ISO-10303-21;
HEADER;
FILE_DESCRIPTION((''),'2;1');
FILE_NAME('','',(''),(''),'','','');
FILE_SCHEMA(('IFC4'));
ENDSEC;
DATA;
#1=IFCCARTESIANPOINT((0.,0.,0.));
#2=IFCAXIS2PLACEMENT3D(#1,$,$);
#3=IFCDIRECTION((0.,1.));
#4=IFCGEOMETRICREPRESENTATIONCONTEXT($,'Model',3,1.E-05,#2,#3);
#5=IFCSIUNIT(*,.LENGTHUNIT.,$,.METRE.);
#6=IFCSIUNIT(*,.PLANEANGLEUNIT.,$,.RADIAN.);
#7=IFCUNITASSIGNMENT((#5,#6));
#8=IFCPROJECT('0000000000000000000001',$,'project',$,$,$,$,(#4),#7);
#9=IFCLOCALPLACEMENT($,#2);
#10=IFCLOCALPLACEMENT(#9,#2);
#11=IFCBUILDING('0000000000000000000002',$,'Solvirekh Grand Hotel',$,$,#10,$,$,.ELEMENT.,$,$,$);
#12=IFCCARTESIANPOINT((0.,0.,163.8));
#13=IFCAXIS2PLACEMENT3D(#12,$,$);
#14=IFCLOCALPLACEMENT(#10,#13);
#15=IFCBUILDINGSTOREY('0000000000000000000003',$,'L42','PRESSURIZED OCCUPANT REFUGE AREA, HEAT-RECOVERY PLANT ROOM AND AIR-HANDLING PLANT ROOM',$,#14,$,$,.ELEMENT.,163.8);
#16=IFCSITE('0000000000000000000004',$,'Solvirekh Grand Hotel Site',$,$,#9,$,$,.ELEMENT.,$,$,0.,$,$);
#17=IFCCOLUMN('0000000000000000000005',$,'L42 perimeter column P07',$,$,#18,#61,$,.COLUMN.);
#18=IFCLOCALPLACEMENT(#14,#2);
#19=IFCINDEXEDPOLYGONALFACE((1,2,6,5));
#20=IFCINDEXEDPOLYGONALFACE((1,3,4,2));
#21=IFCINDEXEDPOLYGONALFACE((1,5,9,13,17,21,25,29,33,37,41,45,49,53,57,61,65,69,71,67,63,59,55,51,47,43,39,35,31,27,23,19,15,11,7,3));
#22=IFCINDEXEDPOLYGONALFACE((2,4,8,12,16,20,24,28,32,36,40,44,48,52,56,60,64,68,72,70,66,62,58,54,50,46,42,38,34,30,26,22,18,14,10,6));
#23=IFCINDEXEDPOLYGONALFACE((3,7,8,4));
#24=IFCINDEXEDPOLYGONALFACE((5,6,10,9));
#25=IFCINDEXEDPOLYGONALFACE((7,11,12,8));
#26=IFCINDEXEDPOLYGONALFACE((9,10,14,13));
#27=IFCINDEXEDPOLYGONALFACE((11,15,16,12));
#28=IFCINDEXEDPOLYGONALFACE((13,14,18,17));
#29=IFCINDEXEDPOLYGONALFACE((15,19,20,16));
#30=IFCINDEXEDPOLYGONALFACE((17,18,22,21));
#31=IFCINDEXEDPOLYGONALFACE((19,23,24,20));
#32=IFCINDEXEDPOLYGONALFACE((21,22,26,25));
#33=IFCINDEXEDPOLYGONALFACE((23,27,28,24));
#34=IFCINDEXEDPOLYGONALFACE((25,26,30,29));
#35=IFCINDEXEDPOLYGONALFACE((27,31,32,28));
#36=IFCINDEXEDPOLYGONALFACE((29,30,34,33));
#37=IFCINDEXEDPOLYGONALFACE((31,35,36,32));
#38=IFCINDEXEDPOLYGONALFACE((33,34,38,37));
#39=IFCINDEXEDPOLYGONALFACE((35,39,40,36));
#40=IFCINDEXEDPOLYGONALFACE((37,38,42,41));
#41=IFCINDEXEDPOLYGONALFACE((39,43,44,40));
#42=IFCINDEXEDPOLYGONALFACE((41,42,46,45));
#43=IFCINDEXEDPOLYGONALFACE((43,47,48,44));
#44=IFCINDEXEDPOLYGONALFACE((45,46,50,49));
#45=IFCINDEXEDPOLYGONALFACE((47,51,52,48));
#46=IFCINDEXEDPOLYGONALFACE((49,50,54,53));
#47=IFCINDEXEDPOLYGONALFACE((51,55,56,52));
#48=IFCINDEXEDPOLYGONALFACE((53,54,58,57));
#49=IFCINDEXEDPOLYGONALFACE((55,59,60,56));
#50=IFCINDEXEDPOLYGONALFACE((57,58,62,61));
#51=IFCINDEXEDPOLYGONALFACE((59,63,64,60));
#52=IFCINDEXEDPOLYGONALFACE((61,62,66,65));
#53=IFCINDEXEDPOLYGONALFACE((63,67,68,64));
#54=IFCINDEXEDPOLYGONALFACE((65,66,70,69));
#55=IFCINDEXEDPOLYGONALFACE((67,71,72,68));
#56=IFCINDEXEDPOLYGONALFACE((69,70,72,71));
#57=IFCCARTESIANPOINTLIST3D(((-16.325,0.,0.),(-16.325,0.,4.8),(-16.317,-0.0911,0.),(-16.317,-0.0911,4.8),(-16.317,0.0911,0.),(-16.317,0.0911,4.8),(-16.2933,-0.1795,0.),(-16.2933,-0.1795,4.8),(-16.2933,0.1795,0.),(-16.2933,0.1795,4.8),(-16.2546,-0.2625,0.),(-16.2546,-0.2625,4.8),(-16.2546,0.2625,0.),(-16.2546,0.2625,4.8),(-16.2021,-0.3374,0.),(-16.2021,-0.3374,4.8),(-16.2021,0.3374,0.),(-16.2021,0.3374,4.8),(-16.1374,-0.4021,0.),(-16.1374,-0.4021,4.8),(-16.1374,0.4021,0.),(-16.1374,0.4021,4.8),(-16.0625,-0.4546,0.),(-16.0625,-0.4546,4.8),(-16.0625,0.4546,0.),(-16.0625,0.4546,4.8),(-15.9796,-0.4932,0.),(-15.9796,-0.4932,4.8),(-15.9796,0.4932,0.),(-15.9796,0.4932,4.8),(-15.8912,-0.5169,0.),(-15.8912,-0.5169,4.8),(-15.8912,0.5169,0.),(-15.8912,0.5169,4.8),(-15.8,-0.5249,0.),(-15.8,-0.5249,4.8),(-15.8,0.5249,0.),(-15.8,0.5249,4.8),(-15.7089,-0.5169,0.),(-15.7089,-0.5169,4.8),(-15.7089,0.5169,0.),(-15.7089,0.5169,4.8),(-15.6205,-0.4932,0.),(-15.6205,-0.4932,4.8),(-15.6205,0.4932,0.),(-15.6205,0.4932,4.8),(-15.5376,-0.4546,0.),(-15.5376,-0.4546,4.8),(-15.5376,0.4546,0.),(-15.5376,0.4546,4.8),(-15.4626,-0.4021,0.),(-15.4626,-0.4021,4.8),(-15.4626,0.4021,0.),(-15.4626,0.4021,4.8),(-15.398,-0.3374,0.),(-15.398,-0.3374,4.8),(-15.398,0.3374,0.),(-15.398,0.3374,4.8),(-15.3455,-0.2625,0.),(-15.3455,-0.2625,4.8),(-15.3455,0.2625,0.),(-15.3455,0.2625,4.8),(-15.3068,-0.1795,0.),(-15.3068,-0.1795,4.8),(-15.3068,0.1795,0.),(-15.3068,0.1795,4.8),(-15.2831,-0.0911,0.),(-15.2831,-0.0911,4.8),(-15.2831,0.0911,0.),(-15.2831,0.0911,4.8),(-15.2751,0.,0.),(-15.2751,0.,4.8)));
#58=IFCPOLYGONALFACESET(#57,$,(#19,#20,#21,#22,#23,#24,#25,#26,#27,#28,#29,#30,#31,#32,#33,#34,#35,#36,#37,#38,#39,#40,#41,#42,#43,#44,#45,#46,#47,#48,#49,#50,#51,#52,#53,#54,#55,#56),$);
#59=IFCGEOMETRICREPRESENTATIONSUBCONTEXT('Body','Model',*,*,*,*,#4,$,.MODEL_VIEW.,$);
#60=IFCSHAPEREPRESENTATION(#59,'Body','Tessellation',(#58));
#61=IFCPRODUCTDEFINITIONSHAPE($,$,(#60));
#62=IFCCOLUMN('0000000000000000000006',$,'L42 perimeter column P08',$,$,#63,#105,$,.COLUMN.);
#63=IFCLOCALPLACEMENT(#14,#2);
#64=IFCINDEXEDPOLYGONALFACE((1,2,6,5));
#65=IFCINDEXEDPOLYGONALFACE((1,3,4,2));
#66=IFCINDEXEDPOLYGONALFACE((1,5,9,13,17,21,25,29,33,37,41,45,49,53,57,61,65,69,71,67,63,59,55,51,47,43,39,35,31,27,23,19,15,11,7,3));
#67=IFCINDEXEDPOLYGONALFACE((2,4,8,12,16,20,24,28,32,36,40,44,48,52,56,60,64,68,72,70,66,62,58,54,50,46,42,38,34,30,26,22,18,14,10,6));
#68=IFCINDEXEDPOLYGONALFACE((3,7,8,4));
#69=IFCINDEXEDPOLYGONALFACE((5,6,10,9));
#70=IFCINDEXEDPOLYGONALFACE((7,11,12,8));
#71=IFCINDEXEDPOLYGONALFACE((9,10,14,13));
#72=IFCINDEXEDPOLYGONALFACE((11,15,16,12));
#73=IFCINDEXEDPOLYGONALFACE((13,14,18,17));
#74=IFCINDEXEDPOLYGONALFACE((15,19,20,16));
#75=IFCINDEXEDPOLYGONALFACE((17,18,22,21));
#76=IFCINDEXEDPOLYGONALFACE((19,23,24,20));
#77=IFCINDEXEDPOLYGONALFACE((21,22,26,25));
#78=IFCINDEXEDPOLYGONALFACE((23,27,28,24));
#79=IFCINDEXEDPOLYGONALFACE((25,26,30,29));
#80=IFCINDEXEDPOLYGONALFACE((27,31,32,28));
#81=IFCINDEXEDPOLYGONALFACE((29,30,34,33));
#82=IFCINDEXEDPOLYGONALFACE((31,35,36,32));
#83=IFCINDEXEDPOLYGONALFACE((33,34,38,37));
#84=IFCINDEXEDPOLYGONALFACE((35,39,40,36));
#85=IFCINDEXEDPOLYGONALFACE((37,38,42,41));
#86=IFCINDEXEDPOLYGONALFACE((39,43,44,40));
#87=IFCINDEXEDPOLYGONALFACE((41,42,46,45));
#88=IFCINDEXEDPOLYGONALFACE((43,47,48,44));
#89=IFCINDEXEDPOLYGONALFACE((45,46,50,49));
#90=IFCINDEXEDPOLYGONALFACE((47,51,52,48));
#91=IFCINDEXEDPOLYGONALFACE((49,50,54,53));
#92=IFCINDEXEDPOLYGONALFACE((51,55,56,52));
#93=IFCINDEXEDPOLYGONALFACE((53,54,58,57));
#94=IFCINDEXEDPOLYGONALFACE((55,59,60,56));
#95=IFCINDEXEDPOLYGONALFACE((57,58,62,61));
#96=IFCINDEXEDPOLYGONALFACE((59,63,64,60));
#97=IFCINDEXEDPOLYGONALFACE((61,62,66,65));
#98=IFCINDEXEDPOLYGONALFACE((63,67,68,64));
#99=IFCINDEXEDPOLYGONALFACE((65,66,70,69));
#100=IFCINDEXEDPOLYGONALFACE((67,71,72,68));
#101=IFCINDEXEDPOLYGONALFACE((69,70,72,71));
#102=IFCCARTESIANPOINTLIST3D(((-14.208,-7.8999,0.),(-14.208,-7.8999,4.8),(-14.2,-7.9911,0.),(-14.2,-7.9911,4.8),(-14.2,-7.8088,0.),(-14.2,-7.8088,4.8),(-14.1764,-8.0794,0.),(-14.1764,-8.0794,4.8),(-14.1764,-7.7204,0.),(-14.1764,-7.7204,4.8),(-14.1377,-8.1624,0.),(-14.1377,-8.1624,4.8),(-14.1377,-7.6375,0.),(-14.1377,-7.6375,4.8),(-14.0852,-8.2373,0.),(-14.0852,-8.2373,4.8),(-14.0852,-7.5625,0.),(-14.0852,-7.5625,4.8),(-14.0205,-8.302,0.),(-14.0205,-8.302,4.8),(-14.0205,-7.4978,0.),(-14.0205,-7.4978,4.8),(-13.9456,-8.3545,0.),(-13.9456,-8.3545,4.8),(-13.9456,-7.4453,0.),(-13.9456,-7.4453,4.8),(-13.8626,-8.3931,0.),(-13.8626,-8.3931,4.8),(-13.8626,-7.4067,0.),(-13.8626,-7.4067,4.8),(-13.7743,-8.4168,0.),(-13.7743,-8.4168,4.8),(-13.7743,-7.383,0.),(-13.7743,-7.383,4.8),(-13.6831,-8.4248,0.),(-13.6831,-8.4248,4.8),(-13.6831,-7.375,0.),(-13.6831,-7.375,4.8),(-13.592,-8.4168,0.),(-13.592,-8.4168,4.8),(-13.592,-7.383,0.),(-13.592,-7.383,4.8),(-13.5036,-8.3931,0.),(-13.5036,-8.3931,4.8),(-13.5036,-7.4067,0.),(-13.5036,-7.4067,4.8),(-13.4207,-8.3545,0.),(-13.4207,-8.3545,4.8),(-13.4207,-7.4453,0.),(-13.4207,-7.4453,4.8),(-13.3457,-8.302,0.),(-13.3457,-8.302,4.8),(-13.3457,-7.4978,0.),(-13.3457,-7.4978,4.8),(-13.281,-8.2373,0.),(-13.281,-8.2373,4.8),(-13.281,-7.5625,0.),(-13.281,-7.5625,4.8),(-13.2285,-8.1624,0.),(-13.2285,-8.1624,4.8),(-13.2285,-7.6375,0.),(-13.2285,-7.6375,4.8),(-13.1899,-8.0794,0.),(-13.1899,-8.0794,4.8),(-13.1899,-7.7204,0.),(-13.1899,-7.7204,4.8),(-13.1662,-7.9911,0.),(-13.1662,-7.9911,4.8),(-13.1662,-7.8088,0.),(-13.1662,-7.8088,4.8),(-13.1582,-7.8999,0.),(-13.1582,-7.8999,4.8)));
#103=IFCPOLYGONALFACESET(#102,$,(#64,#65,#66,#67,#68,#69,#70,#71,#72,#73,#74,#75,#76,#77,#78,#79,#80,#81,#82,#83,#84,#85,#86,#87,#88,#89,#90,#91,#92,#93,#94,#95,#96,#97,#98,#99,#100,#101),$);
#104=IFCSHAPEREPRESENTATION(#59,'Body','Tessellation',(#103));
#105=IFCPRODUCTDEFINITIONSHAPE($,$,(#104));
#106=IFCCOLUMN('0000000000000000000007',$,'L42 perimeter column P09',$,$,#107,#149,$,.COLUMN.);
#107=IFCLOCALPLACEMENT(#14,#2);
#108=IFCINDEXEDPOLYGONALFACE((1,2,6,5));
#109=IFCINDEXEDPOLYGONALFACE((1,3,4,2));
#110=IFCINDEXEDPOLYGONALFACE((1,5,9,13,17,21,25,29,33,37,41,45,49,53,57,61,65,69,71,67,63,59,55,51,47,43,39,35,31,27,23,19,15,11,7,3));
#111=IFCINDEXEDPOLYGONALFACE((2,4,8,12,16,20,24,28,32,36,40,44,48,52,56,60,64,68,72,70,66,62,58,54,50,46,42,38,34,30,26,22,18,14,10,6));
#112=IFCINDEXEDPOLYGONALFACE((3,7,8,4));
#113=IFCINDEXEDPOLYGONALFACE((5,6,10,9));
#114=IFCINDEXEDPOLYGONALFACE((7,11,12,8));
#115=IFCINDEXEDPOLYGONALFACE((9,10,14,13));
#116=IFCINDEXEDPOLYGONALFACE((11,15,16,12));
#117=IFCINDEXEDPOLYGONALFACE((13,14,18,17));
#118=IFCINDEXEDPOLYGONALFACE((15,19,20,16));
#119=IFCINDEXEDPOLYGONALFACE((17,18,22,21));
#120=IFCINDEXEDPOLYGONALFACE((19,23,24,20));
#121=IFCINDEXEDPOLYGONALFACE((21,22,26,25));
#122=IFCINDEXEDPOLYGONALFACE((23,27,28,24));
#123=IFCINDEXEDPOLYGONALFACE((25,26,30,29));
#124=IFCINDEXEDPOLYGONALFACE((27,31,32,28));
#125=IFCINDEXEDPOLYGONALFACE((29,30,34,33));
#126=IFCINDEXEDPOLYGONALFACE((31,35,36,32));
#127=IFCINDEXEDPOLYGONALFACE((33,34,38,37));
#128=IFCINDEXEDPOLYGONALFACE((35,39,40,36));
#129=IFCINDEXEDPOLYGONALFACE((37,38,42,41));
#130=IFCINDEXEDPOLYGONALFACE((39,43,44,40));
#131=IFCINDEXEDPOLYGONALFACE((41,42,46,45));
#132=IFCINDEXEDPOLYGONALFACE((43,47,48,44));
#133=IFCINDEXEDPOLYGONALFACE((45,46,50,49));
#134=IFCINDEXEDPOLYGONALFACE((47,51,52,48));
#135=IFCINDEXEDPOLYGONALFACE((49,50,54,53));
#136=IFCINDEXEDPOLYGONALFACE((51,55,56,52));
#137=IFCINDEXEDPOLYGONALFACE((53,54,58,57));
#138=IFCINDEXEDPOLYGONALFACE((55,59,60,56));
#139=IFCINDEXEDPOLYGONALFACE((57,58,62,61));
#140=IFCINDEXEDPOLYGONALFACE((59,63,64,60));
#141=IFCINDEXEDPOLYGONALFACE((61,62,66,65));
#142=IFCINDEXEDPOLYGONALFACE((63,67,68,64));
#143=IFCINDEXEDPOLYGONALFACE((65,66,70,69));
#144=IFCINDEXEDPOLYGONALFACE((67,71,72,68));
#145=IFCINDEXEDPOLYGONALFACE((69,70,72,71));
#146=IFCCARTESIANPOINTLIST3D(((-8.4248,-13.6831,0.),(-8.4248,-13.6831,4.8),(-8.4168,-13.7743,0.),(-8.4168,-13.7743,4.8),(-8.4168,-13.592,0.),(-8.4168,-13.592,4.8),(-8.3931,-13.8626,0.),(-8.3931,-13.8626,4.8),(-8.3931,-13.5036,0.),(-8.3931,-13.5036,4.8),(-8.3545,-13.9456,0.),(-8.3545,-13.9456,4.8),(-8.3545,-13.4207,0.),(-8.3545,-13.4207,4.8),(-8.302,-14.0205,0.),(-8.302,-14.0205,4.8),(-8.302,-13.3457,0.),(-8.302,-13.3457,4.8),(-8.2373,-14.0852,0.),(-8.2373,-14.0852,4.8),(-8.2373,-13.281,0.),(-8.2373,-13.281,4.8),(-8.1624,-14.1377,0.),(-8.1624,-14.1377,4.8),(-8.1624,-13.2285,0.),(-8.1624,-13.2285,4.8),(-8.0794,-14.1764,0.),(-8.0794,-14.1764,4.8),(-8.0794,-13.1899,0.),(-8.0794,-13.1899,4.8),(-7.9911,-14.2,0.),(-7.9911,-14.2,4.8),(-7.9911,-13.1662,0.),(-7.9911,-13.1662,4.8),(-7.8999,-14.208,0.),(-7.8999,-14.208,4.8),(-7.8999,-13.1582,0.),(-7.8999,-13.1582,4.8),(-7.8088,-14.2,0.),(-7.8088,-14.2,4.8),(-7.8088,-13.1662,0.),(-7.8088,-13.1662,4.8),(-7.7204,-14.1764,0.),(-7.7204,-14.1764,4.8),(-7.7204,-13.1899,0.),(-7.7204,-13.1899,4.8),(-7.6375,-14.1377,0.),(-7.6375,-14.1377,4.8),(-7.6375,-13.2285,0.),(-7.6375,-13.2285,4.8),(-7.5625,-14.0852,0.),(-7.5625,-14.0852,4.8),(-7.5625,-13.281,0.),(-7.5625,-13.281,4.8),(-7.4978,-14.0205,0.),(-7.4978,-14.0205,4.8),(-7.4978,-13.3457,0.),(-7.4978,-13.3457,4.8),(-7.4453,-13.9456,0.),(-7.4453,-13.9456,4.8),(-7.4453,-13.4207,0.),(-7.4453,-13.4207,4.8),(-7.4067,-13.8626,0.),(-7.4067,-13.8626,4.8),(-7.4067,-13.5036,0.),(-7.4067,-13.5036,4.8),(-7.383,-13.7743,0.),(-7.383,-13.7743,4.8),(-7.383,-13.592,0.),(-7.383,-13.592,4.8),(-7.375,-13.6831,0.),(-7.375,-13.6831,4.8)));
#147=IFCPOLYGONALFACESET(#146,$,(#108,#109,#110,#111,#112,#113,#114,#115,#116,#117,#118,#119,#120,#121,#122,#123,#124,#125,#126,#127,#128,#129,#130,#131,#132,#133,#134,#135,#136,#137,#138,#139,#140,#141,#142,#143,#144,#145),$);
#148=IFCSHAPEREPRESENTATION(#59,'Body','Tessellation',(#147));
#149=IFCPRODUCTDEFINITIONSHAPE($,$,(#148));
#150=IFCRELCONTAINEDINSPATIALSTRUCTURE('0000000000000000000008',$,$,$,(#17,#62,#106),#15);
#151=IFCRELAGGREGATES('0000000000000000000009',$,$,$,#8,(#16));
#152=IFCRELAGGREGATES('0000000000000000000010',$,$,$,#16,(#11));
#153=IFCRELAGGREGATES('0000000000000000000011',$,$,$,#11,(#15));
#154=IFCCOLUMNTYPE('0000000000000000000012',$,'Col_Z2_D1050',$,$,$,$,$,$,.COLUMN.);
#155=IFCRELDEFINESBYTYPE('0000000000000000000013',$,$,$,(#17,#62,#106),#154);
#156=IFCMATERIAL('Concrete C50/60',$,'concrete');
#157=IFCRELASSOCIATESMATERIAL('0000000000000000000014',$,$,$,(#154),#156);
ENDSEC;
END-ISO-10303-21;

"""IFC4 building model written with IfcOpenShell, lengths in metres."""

from ifc_helpers import new_model, si_unit, direction, frame, origin, origin_2d, place, context, subcontext, project, spatial, circle, extrude, material, material_profile, profile_set, type_object, element, save


model = new_model("IFC4")

# Units and contexts
model_context = context("Model", 3, precision=1e-05, world=origin(), true_north=direction((0.0, 1.0)))
body_context = subcontext(model_context, "Body", "Model", "MODEL_VIEW")
ifc_project = project(units=[si_unit("LENGTHUNIT", "METRE"), si_unit("PLANEANGLEUNIT", "RADIAN")], contexts=[model_context])

# Site, building, storey
site_placement = place(None, origin())
site = spatial("IfcSite", under=ifc_project, at=site_placement, Name="Solvirekh Grand Hotel Site", CompositionType="ELEMENT", RefElevation=0.0)
building_placement = place(site_placement, origin())
building = spatial("IfcBuilding", under=site, at=building_placement, Name="Solvirekh Grand Hotel", CompositionType="ELEMENT")
storey_placement = place(building_placement, frame((0.0, 0.0, 163.8)))
storey = spatial("IfcBuildingStorey", under=building, at=storey_placement, Name="L42", Description="PRESSURIZED OCCUPANT REFUGE AREA, HEAT-RECOVERY PLANT ROOM AND AIR-HANDLING PLANT ROOM", CompositionType="ELEMENT", Elevation=163.8)

# Columns
ifc_material_1 = material(Name="Concrete C50/60", Category="concrete")
ifc_material_profile_1 = material_profile(ifc_material_1, circle(Radius=0.5249, at=origin_2d()), Name="RC CIRC D1050")
ifc_profile_set_1 = profile_set([ifc_material_profile_1], Name="Concrete C50/60")
column_type = type_object("IfcColumnType", Name="Col_Z2_D1050", PredefinedType="COLUMN", material=ifc_profile_set_1)
for number, where, z_axis, x_axis, name in (
    (1, (-15.8, 0.0, 0.0), (0.0, 0.0, 1.0), (1.0, 0.0, 0.0), "L42 perimeter column P07"),
    (2, (-13.6831, -7.8999, 0.0), (0.0, 0.0, 1.0), (1.0, 0.0, 0.0), "L42 perimeter column P08"),
    (3, (-7.8999, -13.6831, 0.0), (0.0, 0.0, 1.0), (1.0, 0.0, 0.0), "L42 perimeter column P09"),
):
    element("IfcColumn", number, at=place(storey_placement, frame(where, z_axis=z_axis, x_axis=x_axis)), inside=storey, type_object=column_type, Name=name, PredefinedType="COLUMN", context=body_context, shape_type="SweptSolid", body=[
        extrude(circle(Radius=0.5249, at=origin_2d()), origin(), (0.0, 0.0, 1.0), 4.8),
    ])

save(model, "model.ifc")
